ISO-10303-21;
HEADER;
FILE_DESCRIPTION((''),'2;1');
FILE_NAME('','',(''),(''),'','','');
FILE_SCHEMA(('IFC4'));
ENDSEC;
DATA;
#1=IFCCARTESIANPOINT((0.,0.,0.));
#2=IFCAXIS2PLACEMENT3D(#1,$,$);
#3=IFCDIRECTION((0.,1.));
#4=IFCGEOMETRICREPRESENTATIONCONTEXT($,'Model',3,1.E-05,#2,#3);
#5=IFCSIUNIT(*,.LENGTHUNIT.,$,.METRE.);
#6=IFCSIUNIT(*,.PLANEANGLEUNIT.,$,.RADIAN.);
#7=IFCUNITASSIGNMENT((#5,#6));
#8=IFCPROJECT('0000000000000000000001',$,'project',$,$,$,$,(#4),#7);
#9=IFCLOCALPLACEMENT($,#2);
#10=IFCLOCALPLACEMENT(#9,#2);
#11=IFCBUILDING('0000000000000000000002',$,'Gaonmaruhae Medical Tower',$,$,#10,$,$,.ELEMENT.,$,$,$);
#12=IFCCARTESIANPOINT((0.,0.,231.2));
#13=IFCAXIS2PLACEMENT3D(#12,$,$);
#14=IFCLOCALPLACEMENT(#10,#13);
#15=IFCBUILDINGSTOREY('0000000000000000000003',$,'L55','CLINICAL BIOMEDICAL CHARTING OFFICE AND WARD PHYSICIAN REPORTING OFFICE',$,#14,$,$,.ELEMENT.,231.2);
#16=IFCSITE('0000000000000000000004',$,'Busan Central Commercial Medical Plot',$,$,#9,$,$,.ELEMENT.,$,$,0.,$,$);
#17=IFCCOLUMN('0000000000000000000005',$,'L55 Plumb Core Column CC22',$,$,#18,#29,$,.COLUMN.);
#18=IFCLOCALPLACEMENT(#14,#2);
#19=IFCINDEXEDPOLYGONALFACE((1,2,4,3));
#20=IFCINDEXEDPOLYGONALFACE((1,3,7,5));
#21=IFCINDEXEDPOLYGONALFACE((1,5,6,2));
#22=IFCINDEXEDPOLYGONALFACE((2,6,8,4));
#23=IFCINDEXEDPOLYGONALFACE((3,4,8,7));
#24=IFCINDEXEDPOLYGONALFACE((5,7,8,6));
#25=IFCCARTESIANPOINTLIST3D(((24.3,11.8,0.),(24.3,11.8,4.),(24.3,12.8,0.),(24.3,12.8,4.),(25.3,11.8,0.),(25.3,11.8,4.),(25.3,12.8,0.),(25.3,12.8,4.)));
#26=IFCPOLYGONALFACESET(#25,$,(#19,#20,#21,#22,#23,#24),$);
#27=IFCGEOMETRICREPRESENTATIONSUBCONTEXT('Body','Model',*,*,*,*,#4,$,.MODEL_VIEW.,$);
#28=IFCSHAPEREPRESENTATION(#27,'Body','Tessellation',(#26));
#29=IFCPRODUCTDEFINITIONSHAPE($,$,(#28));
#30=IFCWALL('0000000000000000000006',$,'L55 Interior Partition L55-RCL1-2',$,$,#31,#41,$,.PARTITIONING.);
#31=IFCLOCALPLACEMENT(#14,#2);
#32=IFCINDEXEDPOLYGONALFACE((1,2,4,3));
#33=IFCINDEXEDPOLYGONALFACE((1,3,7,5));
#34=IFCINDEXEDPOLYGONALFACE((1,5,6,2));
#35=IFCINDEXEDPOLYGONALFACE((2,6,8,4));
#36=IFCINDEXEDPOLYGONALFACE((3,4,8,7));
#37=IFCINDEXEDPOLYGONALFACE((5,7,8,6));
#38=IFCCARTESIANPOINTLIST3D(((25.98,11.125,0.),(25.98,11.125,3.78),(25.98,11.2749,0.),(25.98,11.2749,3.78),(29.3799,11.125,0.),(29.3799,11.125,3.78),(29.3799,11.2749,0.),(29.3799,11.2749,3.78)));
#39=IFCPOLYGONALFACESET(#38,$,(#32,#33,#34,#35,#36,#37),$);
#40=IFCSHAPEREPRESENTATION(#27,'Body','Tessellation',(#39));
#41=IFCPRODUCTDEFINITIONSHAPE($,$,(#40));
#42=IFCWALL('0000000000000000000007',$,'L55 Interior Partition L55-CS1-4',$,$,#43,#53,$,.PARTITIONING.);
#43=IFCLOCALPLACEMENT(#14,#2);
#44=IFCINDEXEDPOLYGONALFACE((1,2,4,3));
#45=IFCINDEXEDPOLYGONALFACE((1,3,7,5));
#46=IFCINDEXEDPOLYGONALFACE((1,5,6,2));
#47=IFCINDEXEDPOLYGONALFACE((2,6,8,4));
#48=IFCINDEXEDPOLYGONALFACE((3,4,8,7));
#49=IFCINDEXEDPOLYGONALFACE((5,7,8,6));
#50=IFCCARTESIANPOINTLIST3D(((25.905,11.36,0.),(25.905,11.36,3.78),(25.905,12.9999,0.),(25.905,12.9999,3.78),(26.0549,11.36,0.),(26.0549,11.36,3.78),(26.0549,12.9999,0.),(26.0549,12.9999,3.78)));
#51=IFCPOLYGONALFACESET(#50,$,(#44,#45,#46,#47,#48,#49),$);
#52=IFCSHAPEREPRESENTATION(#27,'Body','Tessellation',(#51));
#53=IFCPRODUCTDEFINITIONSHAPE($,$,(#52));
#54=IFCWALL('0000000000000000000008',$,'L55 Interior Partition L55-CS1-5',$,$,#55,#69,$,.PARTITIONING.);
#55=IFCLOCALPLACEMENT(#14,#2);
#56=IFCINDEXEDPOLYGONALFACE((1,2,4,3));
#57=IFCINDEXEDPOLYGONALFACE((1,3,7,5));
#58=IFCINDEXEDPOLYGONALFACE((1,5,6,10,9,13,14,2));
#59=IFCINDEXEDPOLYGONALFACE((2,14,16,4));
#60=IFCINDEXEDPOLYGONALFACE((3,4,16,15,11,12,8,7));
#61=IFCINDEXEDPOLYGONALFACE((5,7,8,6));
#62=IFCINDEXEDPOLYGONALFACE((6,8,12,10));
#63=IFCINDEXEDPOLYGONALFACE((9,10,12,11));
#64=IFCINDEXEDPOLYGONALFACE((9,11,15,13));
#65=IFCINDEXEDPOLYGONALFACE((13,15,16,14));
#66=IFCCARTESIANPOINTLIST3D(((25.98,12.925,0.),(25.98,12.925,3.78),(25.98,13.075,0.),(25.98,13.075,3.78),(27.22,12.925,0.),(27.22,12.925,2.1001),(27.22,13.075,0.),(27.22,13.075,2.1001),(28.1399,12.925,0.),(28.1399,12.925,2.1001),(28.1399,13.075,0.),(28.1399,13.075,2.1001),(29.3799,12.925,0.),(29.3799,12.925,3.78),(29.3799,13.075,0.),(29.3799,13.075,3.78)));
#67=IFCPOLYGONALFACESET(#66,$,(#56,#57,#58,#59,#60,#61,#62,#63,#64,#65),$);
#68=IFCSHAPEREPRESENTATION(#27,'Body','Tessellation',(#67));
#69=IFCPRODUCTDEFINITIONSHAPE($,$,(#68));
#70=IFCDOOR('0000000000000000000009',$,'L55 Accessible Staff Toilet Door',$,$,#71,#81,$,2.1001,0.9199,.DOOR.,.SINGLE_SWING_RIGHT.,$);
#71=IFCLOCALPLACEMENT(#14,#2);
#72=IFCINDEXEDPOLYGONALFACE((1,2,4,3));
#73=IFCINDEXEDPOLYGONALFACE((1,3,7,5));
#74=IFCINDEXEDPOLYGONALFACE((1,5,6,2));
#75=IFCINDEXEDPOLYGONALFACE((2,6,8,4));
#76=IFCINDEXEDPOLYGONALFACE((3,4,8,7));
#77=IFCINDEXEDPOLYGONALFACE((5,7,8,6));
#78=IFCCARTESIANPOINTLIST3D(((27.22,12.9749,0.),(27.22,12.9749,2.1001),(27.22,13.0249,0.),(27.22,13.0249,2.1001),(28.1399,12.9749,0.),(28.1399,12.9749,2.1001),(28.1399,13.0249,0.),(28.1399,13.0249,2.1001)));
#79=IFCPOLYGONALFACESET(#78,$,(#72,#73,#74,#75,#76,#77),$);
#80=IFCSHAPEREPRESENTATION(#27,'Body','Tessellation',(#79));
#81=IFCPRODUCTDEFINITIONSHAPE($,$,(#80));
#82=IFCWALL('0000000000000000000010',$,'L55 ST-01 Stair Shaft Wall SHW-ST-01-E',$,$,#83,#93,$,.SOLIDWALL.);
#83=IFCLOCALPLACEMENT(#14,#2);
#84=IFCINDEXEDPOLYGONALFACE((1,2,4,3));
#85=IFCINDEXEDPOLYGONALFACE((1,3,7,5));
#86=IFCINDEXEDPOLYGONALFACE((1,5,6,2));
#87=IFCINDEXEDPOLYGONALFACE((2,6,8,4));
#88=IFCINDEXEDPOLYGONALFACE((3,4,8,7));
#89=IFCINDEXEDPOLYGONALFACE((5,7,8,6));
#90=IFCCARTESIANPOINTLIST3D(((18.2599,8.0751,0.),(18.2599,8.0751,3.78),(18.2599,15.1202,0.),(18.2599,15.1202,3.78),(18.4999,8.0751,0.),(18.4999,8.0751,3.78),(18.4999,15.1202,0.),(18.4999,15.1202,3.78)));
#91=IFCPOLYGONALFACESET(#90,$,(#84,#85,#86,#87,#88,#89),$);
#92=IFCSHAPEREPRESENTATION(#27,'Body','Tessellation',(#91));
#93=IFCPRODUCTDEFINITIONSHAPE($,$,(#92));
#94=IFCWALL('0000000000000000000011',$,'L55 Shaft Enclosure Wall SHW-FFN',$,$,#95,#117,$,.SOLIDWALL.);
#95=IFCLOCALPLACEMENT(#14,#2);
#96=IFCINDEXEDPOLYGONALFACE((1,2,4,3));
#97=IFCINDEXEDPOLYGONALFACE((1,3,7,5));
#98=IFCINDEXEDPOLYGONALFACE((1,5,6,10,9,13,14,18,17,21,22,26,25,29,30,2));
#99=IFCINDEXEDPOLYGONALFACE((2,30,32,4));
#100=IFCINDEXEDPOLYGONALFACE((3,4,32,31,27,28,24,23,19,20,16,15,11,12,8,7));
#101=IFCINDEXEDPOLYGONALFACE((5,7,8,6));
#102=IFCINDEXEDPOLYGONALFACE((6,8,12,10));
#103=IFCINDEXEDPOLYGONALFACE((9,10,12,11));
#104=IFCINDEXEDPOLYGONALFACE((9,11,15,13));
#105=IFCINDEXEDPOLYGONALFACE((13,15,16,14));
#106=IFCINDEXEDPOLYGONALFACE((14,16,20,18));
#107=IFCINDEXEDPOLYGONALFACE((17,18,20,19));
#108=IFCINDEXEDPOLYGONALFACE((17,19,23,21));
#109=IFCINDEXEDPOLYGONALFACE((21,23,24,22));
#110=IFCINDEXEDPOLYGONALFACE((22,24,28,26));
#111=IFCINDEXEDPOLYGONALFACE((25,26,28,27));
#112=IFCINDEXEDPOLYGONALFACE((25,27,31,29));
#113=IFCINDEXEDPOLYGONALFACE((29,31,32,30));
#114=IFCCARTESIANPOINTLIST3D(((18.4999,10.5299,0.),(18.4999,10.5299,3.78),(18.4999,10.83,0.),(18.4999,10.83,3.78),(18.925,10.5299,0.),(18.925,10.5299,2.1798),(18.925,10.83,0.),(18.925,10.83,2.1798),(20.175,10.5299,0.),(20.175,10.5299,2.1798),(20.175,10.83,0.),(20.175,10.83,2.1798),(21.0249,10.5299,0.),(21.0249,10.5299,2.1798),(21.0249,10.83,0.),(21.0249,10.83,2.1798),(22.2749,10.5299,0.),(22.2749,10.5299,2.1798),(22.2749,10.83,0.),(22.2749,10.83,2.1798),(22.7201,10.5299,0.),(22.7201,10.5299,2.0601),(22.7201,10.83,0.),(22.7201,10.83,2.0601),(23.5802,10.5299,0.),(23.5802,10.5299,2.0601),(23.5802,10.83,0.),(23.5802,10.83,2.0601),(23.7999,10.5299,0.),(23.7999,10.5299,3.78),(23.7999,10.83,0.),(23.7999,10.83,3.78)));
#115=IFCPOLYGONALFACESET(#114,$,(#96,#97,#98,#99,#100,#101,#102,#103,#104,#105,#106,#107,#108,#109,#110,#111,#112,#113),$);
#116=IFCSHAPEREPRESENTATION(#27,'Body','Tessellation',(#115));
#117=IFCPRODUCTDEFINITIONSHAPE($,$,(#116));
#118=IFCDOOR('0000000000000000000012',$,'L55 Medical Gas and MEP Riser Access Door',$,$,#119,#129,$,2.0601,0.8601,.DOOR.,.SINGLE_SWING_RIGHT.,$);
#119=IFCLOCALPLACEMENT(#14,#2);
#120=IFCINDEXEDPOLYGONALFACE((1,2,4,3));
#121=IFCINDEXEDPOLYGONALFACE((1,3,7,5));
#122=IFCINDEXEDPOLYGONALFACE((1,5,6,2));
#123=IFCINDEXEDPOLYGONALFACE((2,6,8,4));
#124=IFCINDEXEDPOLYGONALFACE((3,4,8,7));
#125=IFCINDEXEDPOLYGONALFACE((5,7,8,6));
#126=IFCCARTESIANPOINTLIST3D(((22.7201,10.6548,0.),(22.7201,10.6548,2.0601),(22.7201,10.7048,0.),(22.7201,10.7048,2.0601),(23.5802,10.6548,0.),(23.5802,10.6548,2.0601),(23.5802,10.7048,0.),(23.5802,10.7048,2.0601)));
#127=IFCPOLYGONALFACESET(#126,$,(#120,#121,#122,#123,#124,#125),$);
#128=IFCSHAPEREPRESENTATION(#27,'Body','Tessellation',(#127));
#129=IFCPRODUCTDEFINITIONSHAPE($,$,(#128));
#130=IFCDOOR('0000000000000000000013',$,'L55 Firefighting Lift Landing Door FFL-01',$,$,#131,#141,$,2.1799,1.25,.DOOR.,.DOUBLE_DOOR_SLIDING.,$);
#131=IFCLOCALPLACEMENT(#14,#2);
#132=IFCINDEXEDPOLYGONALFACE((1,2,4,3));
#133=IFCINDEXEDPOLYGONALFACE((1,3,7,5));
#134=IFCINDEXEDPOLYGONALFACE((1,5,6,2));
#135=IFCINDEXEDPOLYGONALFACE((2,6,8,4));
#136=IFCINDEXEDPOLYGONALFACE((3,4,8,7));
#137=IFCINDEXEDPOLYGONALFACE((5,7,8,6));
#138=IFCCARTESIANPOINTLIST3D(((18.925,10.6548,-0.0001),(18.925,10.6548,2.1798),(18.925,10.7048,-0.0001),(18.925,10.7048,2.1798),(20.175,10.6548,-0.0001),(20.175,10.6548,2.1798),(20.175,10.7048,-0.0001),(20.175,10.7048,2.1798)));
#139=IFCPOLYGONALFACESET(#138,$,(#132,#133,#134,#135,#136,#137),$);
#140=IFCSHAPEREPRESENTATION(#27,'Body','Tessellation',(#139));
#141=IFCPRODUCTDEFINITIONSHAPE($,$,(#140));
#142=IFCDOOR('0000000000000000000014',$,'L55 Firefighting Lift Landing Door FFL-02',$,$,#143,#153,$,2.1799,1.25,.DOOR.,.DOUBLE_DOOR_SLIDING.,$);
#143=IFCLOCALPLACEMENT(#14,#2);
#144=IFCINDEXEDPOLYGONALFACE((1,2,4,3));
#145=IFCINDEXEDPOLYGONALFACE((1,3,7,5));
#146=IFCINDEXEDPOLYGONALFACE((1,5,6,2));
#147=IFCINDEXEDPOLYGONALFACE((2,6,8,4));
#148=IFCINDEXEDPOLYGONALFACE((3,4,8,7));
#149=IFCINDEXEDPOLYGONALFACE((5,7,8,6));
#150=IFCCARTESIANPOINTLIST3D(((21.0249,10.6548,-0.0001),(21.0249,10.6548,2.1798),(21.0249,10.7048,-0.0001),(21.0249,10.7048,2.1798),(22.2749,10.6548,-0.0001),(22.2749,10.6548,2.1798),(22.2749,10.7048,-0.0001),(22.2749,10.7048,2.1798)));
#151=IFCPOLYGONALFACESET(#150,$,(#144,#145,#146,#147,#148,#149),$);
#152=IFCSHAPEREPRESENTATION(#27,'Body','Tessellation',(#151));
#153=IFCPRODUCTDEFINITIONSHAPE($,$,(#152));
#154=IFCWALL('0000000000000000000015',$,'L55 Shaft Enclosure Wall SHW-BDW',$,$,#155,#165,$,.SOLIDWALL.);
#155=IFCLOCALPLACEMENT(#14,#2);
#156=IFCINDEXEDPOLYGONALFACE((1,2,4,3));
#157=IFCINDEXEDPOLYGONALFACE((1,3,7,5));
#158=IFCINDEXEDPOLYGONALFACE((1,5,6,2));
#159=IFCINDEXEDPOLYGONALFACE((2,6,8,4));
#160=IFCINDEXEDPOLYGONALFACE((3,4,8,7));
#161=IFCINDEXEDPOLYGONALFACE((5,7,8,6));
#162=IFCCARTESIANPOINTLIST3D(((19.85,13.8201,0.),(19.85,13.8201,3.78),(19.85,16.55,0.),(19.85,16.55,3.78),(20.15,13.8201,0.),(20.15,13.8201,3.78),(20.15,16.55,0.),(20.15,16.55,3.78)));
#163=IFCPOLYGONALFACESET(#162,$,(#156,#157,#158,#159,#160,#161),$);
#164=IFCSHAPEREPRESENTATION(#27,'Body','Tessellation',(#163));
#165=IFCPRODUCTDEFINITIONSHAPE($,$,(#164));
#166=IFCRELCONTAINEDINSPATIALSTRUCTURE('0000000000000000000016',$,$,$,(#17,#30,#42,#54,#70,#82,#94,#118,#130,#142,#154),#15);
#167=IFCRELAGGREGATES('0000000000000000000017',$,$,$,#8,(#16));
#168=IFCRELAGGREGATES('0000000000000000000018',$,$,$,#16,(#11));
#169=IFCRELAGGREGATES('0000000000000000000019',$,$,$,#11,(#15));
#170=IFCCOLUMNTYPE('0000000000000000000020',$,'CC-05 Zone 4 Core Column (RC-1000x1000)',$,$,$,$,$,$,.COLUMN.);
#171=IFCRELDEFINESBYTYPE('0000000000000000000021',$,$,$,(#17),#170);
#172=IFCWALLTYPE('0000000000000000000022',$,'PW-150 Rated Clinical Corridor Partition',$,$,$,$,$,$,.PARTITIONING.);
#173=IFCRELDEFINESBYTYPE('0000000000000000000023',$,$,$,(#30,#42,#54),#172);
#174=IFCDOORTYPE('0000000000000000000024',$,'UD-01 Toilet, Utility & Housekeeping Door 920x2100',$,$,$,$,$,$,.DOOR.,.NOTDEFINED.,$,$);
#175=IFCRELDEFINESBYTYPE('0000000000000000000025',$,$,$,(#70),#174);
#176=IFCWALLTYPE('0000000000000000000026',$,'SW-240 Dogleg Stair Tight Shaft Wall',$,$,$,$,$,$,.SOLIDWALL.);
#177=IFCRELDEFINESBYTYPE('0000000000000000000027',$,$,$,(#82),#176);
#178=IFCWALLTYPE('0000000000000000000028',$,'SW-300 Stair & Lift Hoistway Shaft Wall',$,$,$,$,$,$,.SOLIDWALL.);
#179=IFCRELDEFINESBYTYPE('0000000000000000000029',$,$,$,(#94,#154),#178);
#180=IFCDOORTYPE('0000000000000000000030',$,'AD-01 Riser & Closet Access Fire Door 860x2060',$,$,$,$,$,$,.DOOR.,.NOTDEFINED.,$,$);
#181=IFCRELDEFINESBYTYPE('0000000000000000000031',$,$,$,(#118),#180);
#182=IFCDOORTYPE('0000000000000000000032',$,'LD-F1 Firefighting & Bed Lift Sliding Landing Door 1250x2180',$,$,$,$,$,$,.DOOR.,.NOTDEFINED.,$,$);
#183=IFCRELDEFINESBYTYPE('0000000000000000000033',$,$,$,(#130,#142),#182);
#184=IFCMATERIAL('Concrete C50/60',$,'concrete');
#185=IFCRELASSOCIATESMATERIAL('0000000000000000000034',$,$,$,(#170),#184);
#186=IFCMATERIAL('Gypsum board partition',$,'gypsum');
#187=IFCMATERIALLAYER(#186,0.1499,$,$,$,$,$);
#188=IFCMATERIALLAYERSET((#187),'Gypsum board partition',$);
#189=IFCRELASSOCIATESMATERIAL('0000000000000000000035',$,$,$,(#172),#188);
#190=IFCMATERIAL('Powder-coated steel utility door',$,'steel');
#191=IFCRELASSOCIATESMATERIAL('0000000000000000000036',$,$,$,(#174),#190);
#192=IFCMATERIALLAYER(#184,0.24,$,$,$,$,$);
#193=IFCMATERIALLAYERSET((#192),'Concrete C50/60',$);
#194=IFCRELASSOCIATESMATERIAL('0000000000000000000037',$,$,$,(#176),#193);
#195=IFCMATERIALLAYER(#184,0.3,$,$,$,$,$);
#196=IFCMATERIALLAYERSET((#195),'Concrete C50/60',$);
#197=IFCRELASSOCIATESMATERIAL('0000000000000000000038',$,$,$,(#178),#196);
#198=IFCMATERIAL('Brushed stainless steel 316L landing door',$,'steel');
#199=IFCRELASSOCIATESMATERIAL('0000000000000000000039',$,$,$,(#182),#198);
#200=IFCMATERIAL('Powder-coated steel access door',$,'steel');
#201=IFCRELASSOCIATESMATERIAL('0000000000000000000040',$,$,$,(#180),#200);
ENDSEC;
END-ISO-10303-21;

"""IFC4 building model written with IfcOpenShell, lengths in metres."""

from ifc_helpers import new_model, si_unit, direction, frame, frame_2d, origin, origin_2d, place, context, subcontext, project, spatial, rectangle, extrude, material, layer, layer_set, material_profile, profile_set, type_object, element, fill, save


model = new_model("IFC4")

# Units and contexts
model_context = context("Model", 3, precision=1e-05, world=origin(), true_north=direction((0.0, 1.0)))
body_context = subcontext(model_context, "Body", "Model", "MODEL_VIEW")
ifc_project = project(units=[si_unit("LENGTHUNIT", "METRE"), si_unit("PLANEANGLEUNIT", "RADIAN")], contexts=[model_context])

# Site, building, storey
site_placement = place(None, origin())
site = spatial("IfcSite", under=ifc_project, at=site_placement, Name="Busan Central Commercial Medical Plot", CompositionType="ELEMENT", RefElevation=0.0)
building_placement = place(site_placement, origin())
building = spatial("IfcBuilding", under=site, at=building_placement, Name="Gaonmaruhae Medical Tower", CompositionType="ELEMENT")
storey_placement = place(building_placement, frame((0.0, 0.0, 231.2)))
storey = spatial("IfcBuildingStorey", under=building, at=storey_placement, Name="L55", Description="CLINICAL BIOMEDICAL CHARTING OFFICE AND WARD PHYSICIAN REPORTING OFFICE", CompositionType="ELEMENT", Elevation=231.2)

# Column
ifc_material_1 = material(Name="Concrete C50/60", Category="concrete")
ifc_material_profile = material_profile(ifc_material_1, rectangle(XDim=1.0, YDim=1.0, at=origin_2d()), Name="RC-1000x1000")
ifc_profile_set = profile_set([ifc_material_profile], Name="Concrete C50/60")
column_type = type_object("IfcColumnType", Name="CC-05 Zone 4 Core Column (RC-1000x1000)", PredefinedType="COLUMN", material=ifc_profile_set)
column_placement = place(storey_placement, frame((24.8, 12.3, 0.0), z_axis=(0.0, 0.0, 1.0), x_axis=(1.0, 0.0, 0.0)))
element("IfcColumn", 1, at=column_placement, inside=storey, type_object=column_type, Name="L55 Plumb Core Column CC22", PredefinedType="COLUMN", context=body_context, shape_type="SweptSolid", body=[
    extrude(rectangle(XDim=1.0, YDim=1.0, at=origin_2d()), origin(), (0.0, 0.0, 1.0), 4.0),
])

# Walls
ifc_material_2 = material(Name="Gypsum board partition", Category="gypsum")
ifc_layer_1 = layer(ifc_material_2, 0.1499)
ifc_layer_set_1 = layer_set([ifc_layer_1], Name="Gypsum board partition")
wall_type_1 = type_object("IfcWallType", Name="PW-150 Rated Clinical Corridor Partition", PredefinedType="PARTITIONING", material=ifc_layer_set_1)
wall_1_placement = place(storey_placement, frame((25.98, 11.2, 0.0), z_axis=(0.0, 0.0, 1.0), x_axis=(1.0, 0.0, 0.0)))
element("IfcWall", 2, at=wall_1_placement, inside=storey, type_object=wall_type_1, Name="L55 Interior Partition L55-RCL1-2", PredefinedType="PARTITIONING", context=body_context, shape_type="SweptSolid", body=[
    extrude(rectangle(XDim=3.3999, YDim=0.1499, at=frame_2d((1.7, 0.0))), origin(), (0.0, 0.0, 1.0), 3.78),
])
wall_2_placement = place(storey_placement, frame((25.98, 11.3601, 0.0), z_axis=(0.0, 0.0, 1.0), x_axis=(0.0, 1.0, 0.0)))
element("IfcWall", 3, at=wall_2_placement, inside=storey, type_object=wall_type_1, Name="L55 Interior Partition L55-CS1-4", PredefinedType="PARTITIONING", context=body_context, shape_type="SweptSolid", body=[
    extrude(rectangle(XDim=1.6399, YDim=0.1499, at=frame_2d((0.8198, 0.0))), origin(), (0.0, 0.0, 1.0), 3.78),
])

# Wall, opening, door
wall_3_placement = place(storey_placement, frame((25.98, 13.0, 0.0), z_axis=(0.0, 0.0, 1.0), x_axis=(1.0, 0.0, 0.0)))
wall_3 = element("IfcWall", 4, at=wall_3_placement, inside=storey, type_object=wall_type_1, Name="L55 Interior Partition L55-CS1-5", PredefinedType="PARTITIONING", context=body_context, shape_type="SweptSolid", body=[
    extrude(rectangle(XDim=3.3999, YDim=0.1499, at=frame_2d((1.7, 0.0))), origin(), (0.0, 0.0, 1.0), 3.78),
])
opening_1_placement = place(wall_3_placement, frame((1.24, 0.0, 0.0)))
opening_1 = element("IfcOpeningElement", 5, at=opening_1_placement, cuts=wall_3, PredefinedType="OPENING", context=body_context, shape_type="SweptSolid", body=[
    extrude(rectangle(XDim=0.9199, YDim=2.1001, at=frame_2d((0.46, 1.05))), frame((0.0, 0.085, 0.0), z_axis=(0.0, -1.0, 0.0), x_axis=(1.0, 0.0, 0.0)), (0.0, 0.0, 1.0), 0.1699),
])
ifc_material_3 = material(Name="Powder-coated steel utility door", Category="steel")
door_type_1 = type_object("IfcDoorType", Name="UD-01 Toilet, Utility & Housekeeping Door 920x2100", OperationType="NOTDEFINED", PredefinedType="DOOR", material=ifc_material_3)
door_1_placement = place(opening_1_placement, origin())
door_1 = element("IfcDoor", 6, at=door_1_placement, inside=storey, type_object=door_type_1, Name="L55 Accessible Staff Toilet Door", OperationType="SINGLE_SWING_RIGHT", OverallHeight=2.1001, OverallWidth=0.9199, PredefinedType="DOOR", context=body_context, shape_type="SweptSolid", body=[
    extrude(rectangle(XDim=0.9199, YDim=2.1001, at=frame_2d((0.46, 1.05))), frame((0.0, 0.0249, 0.0), z_axis=(0.0, -1.0, 0.0), x_axis=(1.0, 0.0, 0.0)), (0.0, 0.0, 1.0), 0.05),
])
fill(opening_1, door_1)

# Wall
ifc_layer_2 = layer(ifc_material_1, 0.24)
ifc_layer_set_2 = layer_set([ifc_layer_2], Name="Concrete C50/60")
wall_type_2 = type_object("IfcWallType", Name="SW-240 Dogleg Stair Tight Shaft Wall", PredefinedType="SOLIDWALL", material=ifc_layer_set_2)
wall_4_placement = place(storey_placement, frame((18.3799, 15.1201, 0.0), z_axis=(0.0, 0.0, 1.0), x_axis=(0.0, -1.0, 0.0)))
element("IfcWall", 7, at=wall_4_placement, inside=storey, type_object=wall_type_2, Name="L55 ST-01 Stair Shaft Wall SHW-ST-01-E", PredefinedType="SOLIDWALL", context=body_context, shape_type="SweptSolid", body=[
    extrude(rectangle(XDim=7.0452, YDim=0.24, at=frame_2d((3.5225, 0.0))), origin(), (0.0, 0.0, 1.0), 3.78),
])

# Wall, openings, doors
ifc_layer_3 = layer(ifc_material_1, 0.3)
ifc_layer_set_3 = layer_set([ifc_layer_3], Name="Concrete C50/60")
wall_type_3 = type_object("IfcWallType", Name="SW-300 Stair & Lift Hoistway Shaft Wall", PredefinedType="SOLIDWALL", material=ifc_layer_set_3)
ifc_material_4 = material(Name="Brushed stainless steel 316L landing door", Category="steel")
door_type_2 = type_object("IfcDoorType", Name="LD-F1 Firefighting & Bed Lift Sliding Landing Door 1250x2180", OperationType="NOTDEFINED", PredefinedType="DOOR", material=ifc_material_4)
wall_5_placement = place(storey_placement, frame((18.5, 10.6799, 0.0), z_axis=(0.0, 0.0, 1.0), x_axis=(1.0, 0.0, 0.0)))
wall_5 = element("IfcWall", 8, at=wall_5_placement, inside=storey, type_object=wall_type_3, Name="L55 Shaft Enclosure Wall SHW-FFN", PredefinedType="SOLIDWALL", context=body_context, shape_type="SweptSolid", body=[
    extrude(rectangle(XDim=5.3, YDim=0.3, at=frame_2d((2.6499, 0.0))), origin(), (0.0, 0.0, 1.0), 3.78),
])
opening_2_placement = place(wall_5_placement, frame((4.22, 0.0, 0.0)))
opening_2 = element("IfcOpeningElement", 9, at=opening_2_placement, cuts=wall_5, PredefinedType="OPENING", context=body_context, shape_type="SweptSolid", body=[
    extrude(rectangle(XDim=0.8601, YDim=2.0601, at=frame_2d((0.4302, 1.03))), frame((0.0, 0.1602, 0.0), z_axis=(0.0, -1.0, 0.0), x_axis=(1.0, 0.0, 0.0)), (0.0, 0.0, 1.0), 0.3201),
])
opening_3_placement = place(wall_5_placement, frame((0.425, 0.0, 0.0)))
opening_3 = element("IfcOpeningElement", 10, at=opening_3_placement, cuts=wall_5, PredefinedType="OPENING", context=body_context, shape_type="SweptSolid", body=[
    extrude(rectangle(XDim=1.25, YDim=2.1799, at=frame_2d((0.625, 1.0898))), frame((0.0, 0.1602, 0.0), z_axis=(0.0, -1.0, 0.0), x_axis=(1.0, 0.0, 0.0)), (0.0, 0.0, 1.0), 0.3201),
])
opening_4_placement = place(wall_5_placement, frame((2.5249, 0.0, 0.0)))
opening_4 = element("IfcOpeningElement", 11, at=opening_4_placement, cuts=wall_5, PredefinedType="OPENING", context=body_context, shape_type="SweptSolid", body=[
    extrude(rectangle(XDim=1.25, YDim=2.1799, at=frame_2d((0.625, 1.0898))), frame((0.0, 0.1602, 0.0), z_axis=(0.0, -1.0, 0.0), x_axis=(1.0, 0.0, 0.0)), (0.0, 0.0, 1.0), 0.3201),
])
ifc_material_5 = material(Name="Powder-coated steel access door", Category="steel")
door_type_3 = type_object("IfcDoorType", Name="AD-01 Riser & Closet Access Fire Door 860x2060", OperationType="NOTDEFINED", PredefinedType="DOOR", material=ifc_material_5)
door_2_placement = place(opening_2_placement, origin())
door_2 = element("IfcDoor", 12, at=door_2_placement, inside=storey, type_object=door_type_3, Name="L55 Medical Gas and MEP Riser Access Door", OperationType="SINGLE_SWING_RIGHT", OverallHeight=2.0601, OverallWidth=0.8601, PredefinedType="DOOR", context=body_context, shape_type="SweptSolid", body=[
    extrude(rectangle(XDim=0.8601, YDim=2.0601, at=frame_2d((0.4302, 1.03))), frame((0.0, 0.0249, 0.0), z_axis=(0.0, -1.0, 0.0), x_axis=(1.0, 0.0, 0.0)), (0.0, 0.0, 1.0), 0.05),
])
fill(opening_2, door_2)
door_3_placement = place(opening_3_placement, origin())
door_3 = element("IfcDoor", 13, at=door_3_placement, inside=storey, type_object=door_type_2, Name="L55 Firefighting Lift Landing Door FFL-01", OperationType="DOUBLE_DOOR_SLIDING", OverallHeight=2.1799, OverallWidth=1.25, PredefinedType="DOOR", context=body_context, shape_type="SweptSolid", body=[
    extrude(rectangle(XDim=1.25, YDim=2.1799, at=frame_2d((0.625, 1.0898))), frame((0.0, 0.0249, 0.0), z_axis=(0.0, -1.0, 0.0), x_axis=(1.0, 0.0, 0.0)), (0.0, 0.0, 1.0), 0.05),
])
fill(opening_3, door_3)
door_4_placement = place(opening_4_placement, origin())
door_4 = element("IfcDoor", 14, at=door_4_placement, inside=storey, type_object=door_type_2, Name="L55 Firefighting Lift Landing Door FFL-02", OperationType="DOUBLE_DOOR_SLIDING", OverallHeight=2.1799, OverallWidth=1.25, PredefinedType="DOOR", context=body_context, shape_type="SweptSolid", body=[
    extrude(rectangle(XDim=1.25, YDim=2.1799, at=frame_2d((0.625, 1.0898))), frame((0.0, 0.0249, 0.0), z_axis=(0.0, -1.0, 0.0), x_axis=(1.0, 0.0, 0.0)), (0.0, 0.0, 1.0), 0.05),
])
fill(opening_4, door_4)

# Wall
wall_6_placement = place(storey_placement, frame((20.0, 13.8201, 0.0), z_axis=(0.0, 0.0, 1.0), x_axis=(0.0, 1.0, 0.0)))
element("IfcWall", 15, at=wall_6_placement, inside=storey, type_object=wall_type_3, Name="L55 Shaft Enclosure Wall SHW-BDW", PredefinedType="SOLIDWALL", context=body_context, shape_type="SweptSolid", body=[
    extrude(rectangle(XDim=2.73, YDim=0.3, at=frame_2d((1.365, 0.0))), origin(), (0.0, 0.0, 1.0), 3.78),
])

save(model, "model.ifc")
